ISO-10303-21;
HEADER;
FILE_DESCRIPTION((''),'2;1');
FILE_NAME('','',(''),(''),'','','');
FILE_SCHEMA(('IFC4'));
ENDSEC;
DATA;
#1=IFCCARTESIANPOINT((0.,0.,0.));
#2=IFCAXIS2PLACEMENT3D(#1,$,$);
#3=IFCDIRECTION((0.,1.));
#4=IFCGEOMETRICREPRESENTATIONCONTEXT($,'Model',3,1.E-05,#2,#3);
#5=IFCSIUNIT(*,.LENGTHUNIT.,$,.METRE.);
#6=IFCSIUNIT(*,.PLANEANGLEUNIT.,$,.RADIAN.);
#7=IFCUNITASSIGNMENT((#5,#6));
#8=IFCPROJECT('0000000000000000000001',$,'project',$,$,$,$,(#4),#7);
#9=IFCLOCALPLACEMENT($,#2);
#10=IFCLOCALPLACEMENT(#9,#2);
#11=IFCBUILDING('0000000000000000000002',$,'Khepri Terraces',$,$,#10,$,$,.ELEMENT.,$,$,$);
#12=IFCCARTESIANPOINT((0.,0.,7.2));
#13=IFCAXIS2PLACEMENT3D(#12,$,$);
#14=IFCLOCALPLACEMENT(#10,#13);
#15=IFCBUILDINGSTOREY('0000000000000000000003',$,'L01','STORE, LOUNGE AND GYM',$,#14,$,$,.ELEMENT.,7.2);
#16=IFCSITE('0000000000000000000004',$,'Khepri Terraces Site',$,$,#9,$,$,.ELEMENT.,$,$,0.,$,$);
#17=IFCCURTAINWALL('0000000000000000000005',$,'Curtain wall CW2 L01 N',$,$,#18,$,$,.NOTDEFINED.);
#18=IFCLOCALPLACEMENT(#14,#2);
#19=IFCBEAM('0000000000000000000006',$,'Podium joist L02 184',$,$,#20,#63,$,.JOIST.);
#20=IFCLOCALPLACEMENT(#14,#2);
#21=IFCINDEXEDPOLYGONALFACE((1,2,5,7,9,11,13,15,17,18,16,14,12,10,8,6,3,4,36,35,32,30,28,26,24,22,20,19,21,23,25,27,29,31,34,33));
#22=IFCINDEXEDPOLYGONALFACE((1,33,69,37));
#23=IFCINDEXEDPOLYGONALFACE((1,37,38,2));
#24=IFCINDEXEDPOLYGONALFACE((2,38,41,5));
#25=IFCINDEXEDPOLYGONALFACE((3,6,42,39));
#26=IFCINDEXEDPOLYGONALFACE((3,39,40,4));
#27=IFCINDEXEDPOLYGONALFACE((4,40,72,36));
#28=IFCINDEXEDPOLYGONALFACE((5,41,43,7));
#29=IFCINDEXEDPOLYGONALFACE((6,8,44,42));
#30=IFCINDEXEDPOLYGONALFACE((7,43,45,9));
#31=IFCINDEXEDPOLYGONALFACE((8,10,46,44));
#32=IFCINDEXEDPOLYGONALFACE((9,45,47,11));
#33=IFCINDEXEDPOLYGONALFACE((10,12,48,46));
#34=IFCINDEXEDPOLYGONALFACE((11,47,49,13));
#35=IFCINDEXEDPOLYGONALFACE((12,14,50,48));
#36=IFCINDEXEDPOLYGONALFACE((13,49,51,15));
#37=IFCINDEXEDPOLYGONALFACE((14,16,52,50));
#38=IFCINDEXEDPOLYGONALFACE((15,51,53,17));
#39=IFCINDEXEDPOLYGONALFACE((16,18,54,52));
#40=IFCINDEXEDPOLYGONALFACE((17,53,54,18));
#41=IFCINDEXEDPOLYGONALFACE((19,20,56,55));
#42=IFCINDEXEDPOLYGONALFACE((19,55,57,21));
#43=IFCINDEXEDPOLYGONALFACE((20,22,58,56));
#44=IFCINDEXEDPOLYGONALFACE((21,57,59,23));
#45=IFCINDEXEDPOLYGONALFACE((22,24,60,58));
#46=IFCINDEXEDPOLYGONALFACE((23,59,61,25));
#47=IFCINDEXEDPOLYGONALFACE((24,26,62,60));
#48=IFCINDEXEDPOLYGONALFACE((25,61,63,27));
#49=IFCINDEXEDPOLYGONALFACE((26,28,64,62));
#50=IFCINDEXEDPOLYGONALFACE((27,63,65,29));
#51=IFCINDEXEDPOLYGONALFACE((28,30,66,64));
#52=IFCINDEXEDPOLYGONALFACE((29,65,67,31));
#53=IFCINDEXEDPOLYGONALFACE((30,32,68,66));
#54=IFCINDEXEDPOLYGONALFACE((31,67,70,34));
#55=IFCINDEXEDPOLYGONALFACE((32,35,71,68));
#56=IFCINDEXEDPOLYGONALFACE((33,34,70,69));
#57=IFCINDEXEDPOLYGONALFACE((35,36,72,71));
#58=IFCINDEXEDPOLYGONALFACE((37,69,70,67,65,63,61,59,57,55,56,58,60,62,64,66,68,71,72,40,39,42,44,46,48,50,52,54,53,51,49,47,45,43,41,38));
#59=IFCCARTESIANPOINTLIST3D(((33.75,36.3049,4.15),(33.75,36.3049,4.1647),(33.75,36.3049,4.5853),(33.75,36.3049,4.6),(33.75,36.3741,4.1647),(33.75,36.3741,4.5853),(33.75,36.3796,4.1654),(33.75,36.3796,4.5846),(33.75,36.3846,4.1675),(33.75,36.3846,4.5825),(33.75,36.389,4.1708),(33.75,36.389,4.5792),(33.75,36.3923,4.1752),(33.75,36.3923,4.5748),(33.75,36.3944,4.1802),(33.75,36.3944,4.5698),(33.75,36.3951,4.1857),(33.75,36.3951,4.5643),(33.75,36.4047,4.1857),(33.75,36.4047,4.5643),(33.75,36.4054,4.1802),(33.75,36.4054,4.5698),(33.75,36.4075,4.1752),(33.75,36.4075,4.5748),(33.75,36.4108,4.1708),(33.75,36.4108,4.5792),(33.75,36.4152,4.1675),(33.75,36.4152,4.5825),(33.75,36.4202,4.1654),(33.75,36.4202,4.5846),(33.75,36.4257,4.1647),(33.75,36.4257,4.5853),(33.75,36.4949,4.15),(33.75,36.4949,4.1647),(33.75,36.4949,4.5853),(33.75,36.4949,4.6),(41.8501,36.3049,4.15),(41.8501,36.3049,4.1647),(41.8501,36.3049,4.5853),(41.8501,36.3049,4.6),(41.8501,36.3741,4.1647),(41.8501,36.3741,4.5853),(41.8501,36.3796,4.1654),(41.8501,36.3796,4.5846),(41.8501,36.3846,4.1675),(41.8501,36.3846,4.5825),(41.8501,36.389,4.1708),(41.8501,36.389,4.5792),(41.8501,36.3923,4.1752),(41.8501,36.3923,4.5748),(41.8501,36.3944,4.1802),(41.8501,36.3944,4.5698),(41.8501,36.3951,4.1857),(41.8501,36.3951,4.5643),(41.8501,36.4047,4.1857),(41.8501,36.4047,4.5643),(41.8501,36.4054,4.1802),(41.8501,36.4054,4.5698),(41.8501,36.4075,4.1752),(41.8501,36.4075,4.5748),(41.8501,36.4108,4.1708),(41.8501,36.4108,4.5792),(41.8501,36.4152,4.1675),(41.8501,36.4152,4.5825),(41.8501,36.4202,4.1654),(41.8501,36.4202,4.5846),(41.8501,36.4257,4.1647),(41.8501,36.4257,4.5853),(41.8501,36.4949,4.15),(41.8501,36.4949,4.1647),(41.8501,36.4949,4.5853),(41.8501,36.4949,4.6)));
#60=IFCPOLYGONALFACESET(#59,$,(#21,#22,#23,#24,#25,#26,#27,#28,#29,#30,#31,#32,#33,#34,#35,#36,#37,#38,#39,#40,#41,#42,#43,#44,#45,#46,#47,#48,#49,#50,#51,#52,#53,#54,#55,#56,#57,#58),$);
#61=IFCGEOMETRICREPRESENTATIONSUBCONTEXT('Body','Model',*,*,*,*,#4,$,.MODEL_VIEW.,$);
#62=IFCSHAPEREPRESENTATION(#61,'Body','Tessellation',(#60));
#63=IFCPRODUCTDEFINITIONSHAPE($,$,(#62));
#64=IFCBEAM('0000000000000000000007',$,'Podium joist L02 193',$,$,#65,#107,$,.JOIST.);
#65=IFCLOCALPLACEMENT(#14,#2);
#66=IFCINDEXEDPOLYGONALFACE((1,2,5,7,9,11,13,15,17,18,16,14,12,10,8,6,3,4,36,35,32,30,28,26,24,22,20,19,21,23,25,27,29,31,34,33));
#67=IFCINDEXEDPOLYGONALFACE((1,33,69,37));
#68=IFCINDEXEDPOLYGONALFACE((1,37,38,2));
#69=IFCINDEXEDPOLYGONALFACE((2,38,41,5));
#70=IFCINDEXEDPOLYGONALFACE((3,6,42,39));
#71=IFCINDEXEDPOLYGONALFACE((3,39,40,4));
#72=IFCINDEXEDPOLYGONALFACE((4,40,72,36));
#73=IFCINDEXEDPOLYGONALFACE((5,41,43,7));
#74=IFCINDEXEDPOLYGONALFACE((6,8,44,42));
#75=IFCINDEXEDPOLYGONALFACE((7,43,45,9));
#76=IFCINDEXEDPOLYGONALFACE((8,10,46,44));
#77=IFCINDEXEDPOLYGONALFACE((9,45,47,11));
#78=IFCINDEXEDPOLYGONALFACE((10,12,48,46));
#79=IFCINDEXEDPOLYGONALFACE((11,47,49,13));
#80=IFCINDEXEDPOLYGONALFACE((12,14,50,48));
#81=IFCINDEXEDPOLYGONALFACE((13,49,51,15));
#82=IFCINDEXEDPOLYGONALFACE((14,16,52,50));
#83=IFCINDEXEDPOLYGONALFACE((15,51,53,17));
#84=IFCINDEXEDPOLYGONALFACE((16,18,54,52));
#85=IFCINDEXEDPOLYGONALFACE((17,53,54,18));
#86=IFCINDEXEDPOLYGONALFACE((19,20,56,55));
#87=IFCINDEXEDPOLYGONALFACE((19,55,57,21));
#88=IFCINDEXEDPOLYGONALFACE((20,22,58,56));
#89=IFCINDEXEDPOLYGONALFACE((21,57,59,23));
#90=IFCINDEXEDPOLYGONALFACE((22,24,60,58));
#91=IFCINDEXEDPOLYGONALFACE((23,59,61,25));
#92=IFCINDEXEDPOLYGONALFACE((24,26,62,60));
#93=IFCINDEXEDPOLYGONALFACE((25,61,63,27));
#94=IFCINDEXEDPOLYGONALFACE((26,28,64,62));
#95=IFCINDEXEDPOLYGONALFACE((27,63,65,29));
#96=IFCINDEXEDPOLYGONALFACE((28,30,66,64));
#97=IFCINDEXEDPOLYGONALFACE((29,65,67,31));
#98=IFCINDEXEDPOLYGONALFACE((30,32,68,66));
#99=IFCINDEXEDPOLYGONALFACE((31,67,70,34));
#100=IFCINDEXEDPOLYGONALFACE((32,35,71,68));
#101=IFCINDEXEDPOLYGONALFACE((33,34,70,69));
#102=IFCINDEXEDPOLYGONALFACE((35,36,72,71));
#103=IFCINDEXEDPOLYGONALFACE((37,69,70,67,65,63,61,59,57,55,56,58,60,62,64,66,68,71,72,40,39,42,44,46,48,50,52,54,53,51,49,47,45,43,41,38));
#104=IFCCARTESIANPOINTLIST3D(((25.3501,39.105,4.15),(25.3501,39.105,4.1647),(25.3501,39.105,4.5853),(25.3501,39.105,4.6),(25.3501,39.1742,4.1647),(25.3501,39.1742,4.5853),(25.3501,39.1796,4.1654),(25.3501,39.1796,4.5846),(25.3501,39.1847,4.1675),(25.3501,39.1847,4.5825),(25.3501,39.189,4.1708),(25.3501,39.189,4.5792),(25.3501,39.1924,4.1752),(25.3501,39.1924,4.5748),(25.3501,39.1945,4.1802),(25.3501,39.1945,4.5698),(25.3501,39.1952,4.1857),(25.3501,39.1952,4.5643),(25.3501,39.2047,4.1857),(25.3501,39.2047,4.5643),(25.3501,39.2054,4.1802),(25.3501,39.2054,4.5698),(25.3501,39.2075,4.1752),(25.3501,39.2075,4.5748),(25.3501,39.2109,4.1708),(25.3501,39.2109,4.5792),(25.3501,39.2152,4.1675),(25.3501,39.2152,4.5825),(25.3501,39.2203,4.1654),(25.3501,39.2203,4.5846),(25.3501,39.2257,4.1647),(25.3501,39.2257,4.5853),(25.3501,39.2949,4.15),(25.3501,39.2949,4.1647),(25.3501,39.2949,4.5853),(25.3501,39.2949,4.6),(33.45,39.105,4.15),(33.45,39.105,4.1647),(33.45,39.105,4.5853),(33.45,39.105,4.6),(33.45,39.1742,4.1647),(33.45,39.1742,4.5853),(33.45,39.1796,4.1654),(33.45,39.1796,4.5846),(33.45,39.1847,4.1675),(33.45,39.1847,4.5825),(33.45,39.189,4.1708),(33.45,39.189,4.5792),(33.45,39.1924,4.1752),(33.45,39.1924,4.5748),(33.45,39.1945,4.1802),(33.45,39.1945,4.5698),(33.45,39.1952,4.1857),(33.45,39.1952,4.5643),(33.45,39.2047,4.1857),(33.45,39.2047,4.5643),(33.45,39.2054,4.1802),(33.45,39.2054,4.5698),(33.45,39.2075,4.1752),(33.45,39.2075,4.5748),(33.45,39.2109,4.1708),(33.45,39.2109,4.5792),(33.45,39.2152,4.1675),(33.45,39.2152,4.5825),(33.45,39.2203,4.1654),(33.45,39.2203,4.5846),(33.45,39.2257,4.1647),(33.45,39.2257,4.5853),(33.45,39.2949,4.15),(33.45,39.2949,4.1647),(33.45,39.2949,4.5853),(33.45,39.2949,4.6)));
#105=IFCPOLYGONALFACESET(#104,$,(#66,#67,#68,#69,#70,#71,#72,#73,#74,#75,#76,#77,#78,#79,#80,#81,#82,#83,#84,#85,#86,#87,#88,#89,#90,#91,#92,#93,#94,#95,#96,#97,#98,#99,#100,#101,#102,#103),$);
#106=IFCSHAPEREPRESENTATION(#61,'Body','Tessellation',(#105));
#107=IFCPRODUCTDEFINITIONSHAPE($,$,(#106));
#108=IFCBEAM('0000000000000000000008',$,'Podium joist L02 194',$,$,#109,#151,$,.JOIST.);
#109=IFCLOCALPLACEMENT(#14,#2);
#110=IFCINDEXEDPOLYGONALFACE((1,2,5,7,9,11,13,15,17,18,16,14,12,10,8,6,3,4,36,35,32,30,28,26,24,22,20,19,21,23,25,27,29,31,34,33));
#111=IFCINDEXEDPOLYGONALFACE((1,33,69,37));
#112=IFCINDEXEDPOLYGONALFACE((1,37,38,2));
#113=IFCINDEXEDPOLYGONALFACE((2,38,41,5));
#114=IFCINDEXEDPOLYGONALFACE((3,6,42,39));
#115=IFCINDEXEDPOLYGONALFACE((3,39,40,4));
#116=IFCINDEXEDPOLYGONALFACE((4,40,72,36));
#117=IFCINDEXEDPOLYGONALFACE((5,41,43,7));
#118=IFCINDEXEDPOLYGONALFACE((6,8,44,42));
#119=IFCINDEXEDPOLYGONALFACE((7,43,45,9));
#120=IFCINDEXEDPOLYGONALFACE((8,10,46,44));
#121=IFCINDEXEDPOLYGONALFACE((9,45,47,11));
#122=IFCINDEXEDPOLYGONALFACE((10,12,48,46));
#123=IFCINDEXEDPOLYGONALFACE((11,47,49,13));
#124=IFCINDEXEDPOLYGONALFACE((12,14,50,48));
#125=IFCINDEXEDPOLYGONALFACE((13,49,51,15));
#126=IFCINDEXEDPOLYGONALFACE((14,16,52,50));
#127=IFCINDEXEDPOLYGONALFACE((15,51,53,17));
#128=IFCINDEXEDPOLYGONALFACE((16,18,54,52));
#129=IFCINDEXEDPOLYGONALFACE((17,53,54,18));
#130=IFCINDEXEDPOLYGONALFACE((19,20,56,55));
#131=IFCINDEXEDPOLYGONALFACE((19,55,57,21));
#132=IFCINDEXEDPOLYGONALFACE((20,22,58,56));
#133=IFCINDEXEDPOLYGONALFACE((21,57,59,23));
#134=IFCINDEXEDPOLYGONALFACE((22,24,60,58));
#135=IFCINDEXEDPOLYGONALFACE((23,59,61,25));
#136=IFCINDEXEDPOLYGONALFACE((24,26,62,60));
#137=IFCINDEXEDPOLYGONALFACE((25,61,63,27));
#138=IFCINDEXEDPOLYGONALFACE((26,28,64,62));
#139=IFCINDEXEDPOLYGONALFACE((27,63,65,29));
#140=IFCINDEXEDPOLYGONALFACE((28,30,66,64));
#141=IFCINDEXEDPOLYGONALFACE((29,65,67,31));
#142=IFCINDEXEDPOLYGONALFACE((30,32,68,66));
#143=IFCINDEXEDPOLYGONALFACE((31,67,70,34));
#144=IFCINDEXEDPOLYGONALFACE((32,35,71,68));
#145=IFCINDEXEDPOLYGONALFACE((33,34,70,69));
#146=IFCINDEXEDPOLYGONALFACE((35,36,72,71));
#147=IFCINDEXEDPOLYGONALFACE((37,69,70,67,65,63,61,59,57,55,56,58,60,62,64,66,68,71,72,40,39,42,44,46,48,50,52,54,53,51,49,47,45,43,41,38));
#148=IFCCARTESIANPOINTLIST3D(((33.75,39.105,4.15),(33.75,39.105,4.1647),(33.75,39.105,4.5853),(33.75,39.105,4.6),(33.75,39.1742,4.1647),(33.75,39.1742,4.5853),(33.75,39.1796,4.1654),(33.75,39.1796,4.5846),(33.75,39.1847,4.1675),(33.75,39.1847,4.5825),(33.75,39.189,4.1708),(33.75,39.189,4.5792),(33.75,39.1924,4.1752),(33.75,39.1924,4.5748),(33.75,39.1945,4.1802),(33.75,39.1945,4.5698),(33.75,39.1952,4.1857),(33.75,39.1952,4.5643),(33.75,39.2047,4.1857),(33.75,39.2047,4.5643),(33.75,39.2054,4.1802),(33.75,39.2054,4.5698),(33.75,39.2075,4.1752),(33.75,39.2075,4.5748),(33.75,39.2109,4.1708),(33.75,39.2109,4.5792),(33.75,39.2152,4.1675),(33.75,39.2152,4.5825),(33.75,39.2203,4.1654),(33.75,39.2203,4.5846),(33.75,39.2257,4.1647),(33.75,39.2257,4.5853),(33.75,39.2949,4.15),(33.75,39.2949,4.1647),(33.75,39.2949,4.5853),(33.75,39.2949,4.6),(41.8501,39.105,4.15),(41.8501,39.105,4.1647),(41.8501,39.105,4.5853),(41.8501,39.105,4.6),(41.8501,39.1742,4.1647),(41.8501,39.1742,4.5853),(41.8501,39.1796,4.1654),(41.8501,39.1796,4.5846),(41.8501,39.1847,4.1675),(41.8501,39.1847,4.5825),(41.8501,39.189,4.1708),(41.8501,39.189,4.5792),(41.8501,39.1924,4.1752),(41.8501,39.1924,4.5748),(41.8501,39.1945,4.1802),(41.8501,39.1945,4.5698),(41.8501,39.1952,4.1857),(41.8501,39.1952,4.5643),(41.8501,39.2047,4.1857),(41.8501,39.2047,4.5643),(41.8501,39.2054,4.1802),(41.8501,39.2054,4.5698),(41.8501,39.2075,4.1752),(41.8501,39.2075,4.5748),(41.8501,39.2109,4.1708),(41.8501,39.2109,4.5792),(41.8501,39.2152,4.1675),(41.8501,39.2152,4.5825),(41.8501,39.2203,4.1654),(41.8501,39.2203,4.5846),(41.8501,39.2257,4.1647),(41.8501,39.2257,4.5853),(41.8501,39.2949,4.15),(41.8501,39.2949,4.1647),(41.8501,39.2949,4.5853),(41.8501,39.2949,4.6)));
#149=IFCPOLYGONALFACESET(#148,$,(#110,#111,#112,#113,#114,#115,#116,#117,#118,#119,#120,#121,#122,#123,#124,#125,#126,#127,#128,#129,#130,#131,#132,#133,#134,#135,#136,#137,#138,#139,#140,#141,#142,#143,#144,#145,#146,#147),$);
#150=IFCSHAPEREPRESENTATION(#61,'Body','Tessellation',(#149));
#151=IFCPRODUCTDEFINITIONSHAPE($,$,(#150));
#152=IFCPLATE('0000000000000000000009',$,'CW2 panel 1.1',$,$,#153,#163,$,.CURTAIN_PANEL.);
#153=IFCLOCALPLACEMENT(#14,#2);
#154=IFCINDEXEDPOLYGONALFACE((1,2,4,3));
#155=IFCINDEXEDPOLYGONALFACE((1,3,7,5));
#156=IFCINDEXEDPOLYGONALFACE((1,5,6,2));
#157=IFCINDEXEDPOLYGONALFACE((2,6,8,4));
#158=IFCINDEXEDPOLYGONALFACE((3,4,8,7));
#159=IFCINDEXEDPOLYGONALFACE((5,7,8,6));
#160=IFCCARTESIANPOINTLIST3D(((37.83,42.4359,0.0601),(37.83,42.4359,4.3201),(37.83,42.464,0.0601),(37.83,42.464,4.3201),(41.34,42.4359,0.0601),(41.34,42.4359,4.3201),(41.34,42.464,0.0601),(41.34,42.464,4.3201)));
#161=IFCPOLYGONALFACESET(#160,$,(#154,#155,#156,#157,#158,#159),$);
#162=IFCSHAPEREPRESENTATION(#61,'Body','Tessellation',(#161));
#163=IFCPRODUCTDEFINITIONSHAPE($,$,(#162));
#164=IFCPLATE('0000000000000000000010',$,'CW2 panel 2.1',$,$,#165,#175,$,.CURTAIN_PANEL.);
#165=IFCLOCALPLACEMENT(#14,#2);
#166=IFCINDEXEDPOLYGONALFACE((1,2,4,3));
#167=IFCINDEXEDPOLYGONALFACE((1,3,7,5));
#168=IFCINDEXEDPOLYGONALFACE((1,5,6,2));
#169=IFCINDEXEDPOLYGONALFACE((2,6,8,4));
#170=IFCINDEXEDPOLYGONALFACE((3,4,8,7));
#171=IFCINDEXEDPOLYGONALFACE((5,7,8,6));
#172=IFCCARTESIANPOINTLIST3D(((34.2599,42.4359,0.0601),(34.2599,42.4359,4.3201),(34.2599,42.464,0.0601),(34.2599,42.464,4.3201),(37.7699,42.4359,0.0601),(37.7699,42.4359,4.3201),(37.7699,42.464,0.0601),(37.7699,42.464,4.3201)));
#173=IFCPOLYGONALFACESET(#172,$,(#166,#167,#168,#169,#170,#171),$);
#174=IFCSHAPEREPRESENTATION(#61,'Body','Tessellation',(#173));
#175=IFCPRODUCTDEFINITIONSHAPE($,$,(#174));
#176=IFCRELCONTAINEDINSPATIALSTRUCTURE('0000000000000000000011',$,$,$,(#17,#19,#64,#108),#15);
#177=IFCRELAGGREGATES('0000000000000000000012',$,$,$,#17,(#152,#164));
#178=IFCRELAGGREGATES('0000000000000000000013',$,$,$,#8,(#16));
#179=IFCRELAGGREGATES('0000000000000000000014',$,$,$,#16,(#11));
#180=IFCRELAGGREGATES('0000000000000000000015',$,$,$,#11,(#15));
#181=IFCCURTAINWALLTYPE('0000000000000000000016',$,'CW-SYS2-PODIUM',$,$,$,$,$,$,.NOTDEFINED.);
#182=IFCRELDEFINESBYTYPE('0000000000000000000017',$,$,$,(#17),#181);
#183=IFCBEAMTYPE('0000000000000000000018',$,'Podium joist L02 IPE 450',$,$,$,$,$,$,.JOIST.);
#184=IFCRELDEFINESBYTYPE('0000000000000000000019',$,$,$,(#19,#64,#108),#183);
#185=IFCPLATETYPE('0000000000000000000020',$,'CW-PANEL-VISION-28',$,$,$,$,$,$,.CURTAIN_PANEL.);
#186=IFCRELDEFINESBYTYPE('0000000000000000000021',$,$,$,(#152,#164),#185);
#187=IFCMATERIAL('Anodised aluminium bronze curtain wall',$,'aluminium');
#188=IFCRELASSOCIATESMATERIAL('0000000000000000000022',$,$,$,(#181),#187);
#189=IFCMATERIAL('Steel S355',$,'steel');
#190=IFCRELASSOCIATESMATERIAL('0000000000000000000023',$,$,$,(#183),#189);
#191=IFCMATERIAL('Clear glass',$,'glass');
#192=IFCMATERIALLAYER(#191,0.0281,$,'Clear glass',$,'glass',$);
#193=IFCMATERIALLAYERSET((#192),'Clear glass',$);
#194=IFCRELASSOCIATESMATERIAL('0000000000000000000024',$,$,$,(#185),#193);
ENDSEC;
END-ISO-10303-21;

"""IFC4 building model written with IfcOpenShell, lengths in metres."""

from ifc_helpers import new_model, si_unit, direction, frame, origin, origin_2d, place, context, subcontext, project, spatial, rectangle, i_section, extrude, material, layer, layer_set, material_profile, profile_set, type_object, element, aggregate, save


model = new_model("IFC4")

# Units and contexts
model_context = context("Model", 3, precision=1e-05, world=origin(), true_north=direction((0.0, 1.0)))
body_context = subcontext(model_context, "Body", "Model", "MODEL_VIEW")
ifc_project = project(units=[si_unit("LENGTHUNIT", "METRE"), si_unit("PLANEANGLEUNIT", "RADIAN")], contexts=[model_context])

# Site, building, storey
site_placement = place(None, origin())
site = spatial("IfcSite", under=ifc_project, at=site_placement, Name="Khepri Terraces Site", CompositionType="ELEMENT", RefElevation=0.0)
building_placement = place(site_placement, origin())
building = spatial("IfcBuilding", under=site, at=building_placement, Name="Khepri Terraces", CompositionType="ELEMENT")
storey_placement = place(building_placement, frame((0.0, 0.0, 7.2)))
storey = spatial("IfcBuildingStorey", under=building, at=storey_placement, Name="L01", Description="STORE, LOUNGE AND GYM", CompositionType="ELEMENT", Elevation=7.2)

# Curtain wall
ifc_material_1 = material(Name="Anodised aluminium bronze curtain wall", Category="aluminium")
curtain_wall_type = type_object("IfcCurtainWallType", Name="CW-SYS2-PODIUM", PredefinedType="NOTDEFINED", material=ifc_material_1)
curtain_wall_placement = place(storey_placement, origin())
curtain_wall = element("IfcCurtainWall", 1, at=curtain_wall_placement, inside=storey, type_object=curtain_wall_type, Name="Curtain wall CW2 L01 N", PredefinedType="NOTDEFINED")

# Beams
ifc_material_2 = material(Name="Steel S355", Category="steel")
ifc_material_profile_1 = material_profile(ifc_material_2, i_section(OverallWidth=0.1899, OverallDepth=0.45, WebThickness=0.0095, FlangeThickness=0.0146, FilletRadius=0.021, at=origin_2d()), Name="Steel S355", Category="steel")
ifc_profile_set_1 = profile_set([ifc_material_profile_1], Name="Steel S355")
beam_type_1 = type_object("IfcBeamType", Name="Podium joist L02 IPE 450", PredefinedType="JOIST", material=ifc_profile_set_1)
beam_1_placement = place(storey_placement, frame((33.75, 36.3999, 4.375), z_axis=(1.0, 0.0, 0.0), x_axis=(0.0, 1.0, 0.0)))
element("IfcBeam", 2, at=beam_1_placement, inside=storey, type_object=beam_type_1, Name="Podium joist L02 184", PredefinedType="JOIST", context=body_context, shape_type="SweptSolid", body=[
    extrude(i_section(OverallWidth=0.1899, OverallDepth=0.45, WebThickness=0.0095, FlangeThickness=0.0146, FilletRadius=0.021, at=origin_2d()), origin(), (0.0, 0.0, 1.0), 8.1001),
])
beam_2_placement = place(storey_placement, frame((25.3501, 39.2, 4.375), z_axis=(1.0, 0.0, 0.0), x_axis=(0.0, 1.0, 0.0)))
element("IfcBeam", 3, at=beam_2_placement, inside=storey, type_object=beam_type_1, Name="Podium joist L02 193", PredefinedType="JOIST", context=body_context, shape_type="SweptSolid", body=[
    extrude(i_section(OverallWidth=0.1899, OverallDepth=0.45, WebThickness=0.0095, FlangeThickness=0.0146, FilletRadius=0.021, at=origin_2d()), origin(), (0.0, 0.0, 1.0), 8.0999),
])
beam_3_placement = place(storey_placement, frame((33.75, 39.2, 4.375), z_axis=(1.0, 0.0, 0.0), x_axis=(0.0, 1.0, 0.0)))
element("IfcBeam", 4, at=beam_3_placement, inside=storey, type_object=beam_type_1, Name="Podium joist L02 194", PredefinedType="JOIST", context=body_context, shape_type="SweptSolid", body=[
    extrude(i_section(OverallWidth=0.1899, OverallDepth=0.45, WebThickness=0.0095, FlangeThickness=0.0146, FilletRadius=0.021, at=origin_2d()), origin(), (0.0, 0.0, 1.0), 8.1001),
])

# Plates
ifc_material_3 = material(Name="Clear glass", Category="glass")
ifc_layer_1 = layer(ifc_material_3, 0.0281, Name="Clear glass", Category="glass")
ifc_layer_set_1 = layer_set([ifc_layer_1], Name="Clear glass")
plate_type = type_object("IfcPlateType", Name="CW-PANEL-VISION-28", PredefinedType="CURTAIN_PANEL", material=ifc_layer_set_1)
plate_1_placement = place(storey_placement, frame((39.585, 42.45, 0.0601), z_axis=(0.0, 0.0, 1.0), x_axis=(-1.0, 0.0, 0.0)))
plate_1 = element("IfcPlate", 5, at=plate_1_placement, type_object=plate_type, Name="CW2 panel 1.1", PredefinedType="CURTAIN_PANEL", context=body_context, shape_type="SweptSolid", body=[
    extrude(rectangle(XDim=3.51, YDim=0.0281, at=origin_2d()), origin(), (0.0, 0.0, 1.0), 4.26),
])
plate_2_placement = place(storey_placement, frame((36.0149, 42.45, 0.0601), z_axis=(0.0, 0.0, 1.0), x_axis=(-1.0, 0.0, 0.0)))
plate_2 = element("IfcPlate", 6, at=plate_2_placement, type_object=plate_type, Name="CW2 panel 2.1", PredefinedType="CURTAIN_PANEL", context=body_context, shape_type="SweptSolid", body=[
    extrude(rectangle(XDim=3.51, YDim=0.0281, at=origin_2d()), origin(), (0.0, 0.0, 1.0), 4.26),
])
aggregate(curtain_wall, [plate_1, plate_2])

save(model, "model.ifc")
